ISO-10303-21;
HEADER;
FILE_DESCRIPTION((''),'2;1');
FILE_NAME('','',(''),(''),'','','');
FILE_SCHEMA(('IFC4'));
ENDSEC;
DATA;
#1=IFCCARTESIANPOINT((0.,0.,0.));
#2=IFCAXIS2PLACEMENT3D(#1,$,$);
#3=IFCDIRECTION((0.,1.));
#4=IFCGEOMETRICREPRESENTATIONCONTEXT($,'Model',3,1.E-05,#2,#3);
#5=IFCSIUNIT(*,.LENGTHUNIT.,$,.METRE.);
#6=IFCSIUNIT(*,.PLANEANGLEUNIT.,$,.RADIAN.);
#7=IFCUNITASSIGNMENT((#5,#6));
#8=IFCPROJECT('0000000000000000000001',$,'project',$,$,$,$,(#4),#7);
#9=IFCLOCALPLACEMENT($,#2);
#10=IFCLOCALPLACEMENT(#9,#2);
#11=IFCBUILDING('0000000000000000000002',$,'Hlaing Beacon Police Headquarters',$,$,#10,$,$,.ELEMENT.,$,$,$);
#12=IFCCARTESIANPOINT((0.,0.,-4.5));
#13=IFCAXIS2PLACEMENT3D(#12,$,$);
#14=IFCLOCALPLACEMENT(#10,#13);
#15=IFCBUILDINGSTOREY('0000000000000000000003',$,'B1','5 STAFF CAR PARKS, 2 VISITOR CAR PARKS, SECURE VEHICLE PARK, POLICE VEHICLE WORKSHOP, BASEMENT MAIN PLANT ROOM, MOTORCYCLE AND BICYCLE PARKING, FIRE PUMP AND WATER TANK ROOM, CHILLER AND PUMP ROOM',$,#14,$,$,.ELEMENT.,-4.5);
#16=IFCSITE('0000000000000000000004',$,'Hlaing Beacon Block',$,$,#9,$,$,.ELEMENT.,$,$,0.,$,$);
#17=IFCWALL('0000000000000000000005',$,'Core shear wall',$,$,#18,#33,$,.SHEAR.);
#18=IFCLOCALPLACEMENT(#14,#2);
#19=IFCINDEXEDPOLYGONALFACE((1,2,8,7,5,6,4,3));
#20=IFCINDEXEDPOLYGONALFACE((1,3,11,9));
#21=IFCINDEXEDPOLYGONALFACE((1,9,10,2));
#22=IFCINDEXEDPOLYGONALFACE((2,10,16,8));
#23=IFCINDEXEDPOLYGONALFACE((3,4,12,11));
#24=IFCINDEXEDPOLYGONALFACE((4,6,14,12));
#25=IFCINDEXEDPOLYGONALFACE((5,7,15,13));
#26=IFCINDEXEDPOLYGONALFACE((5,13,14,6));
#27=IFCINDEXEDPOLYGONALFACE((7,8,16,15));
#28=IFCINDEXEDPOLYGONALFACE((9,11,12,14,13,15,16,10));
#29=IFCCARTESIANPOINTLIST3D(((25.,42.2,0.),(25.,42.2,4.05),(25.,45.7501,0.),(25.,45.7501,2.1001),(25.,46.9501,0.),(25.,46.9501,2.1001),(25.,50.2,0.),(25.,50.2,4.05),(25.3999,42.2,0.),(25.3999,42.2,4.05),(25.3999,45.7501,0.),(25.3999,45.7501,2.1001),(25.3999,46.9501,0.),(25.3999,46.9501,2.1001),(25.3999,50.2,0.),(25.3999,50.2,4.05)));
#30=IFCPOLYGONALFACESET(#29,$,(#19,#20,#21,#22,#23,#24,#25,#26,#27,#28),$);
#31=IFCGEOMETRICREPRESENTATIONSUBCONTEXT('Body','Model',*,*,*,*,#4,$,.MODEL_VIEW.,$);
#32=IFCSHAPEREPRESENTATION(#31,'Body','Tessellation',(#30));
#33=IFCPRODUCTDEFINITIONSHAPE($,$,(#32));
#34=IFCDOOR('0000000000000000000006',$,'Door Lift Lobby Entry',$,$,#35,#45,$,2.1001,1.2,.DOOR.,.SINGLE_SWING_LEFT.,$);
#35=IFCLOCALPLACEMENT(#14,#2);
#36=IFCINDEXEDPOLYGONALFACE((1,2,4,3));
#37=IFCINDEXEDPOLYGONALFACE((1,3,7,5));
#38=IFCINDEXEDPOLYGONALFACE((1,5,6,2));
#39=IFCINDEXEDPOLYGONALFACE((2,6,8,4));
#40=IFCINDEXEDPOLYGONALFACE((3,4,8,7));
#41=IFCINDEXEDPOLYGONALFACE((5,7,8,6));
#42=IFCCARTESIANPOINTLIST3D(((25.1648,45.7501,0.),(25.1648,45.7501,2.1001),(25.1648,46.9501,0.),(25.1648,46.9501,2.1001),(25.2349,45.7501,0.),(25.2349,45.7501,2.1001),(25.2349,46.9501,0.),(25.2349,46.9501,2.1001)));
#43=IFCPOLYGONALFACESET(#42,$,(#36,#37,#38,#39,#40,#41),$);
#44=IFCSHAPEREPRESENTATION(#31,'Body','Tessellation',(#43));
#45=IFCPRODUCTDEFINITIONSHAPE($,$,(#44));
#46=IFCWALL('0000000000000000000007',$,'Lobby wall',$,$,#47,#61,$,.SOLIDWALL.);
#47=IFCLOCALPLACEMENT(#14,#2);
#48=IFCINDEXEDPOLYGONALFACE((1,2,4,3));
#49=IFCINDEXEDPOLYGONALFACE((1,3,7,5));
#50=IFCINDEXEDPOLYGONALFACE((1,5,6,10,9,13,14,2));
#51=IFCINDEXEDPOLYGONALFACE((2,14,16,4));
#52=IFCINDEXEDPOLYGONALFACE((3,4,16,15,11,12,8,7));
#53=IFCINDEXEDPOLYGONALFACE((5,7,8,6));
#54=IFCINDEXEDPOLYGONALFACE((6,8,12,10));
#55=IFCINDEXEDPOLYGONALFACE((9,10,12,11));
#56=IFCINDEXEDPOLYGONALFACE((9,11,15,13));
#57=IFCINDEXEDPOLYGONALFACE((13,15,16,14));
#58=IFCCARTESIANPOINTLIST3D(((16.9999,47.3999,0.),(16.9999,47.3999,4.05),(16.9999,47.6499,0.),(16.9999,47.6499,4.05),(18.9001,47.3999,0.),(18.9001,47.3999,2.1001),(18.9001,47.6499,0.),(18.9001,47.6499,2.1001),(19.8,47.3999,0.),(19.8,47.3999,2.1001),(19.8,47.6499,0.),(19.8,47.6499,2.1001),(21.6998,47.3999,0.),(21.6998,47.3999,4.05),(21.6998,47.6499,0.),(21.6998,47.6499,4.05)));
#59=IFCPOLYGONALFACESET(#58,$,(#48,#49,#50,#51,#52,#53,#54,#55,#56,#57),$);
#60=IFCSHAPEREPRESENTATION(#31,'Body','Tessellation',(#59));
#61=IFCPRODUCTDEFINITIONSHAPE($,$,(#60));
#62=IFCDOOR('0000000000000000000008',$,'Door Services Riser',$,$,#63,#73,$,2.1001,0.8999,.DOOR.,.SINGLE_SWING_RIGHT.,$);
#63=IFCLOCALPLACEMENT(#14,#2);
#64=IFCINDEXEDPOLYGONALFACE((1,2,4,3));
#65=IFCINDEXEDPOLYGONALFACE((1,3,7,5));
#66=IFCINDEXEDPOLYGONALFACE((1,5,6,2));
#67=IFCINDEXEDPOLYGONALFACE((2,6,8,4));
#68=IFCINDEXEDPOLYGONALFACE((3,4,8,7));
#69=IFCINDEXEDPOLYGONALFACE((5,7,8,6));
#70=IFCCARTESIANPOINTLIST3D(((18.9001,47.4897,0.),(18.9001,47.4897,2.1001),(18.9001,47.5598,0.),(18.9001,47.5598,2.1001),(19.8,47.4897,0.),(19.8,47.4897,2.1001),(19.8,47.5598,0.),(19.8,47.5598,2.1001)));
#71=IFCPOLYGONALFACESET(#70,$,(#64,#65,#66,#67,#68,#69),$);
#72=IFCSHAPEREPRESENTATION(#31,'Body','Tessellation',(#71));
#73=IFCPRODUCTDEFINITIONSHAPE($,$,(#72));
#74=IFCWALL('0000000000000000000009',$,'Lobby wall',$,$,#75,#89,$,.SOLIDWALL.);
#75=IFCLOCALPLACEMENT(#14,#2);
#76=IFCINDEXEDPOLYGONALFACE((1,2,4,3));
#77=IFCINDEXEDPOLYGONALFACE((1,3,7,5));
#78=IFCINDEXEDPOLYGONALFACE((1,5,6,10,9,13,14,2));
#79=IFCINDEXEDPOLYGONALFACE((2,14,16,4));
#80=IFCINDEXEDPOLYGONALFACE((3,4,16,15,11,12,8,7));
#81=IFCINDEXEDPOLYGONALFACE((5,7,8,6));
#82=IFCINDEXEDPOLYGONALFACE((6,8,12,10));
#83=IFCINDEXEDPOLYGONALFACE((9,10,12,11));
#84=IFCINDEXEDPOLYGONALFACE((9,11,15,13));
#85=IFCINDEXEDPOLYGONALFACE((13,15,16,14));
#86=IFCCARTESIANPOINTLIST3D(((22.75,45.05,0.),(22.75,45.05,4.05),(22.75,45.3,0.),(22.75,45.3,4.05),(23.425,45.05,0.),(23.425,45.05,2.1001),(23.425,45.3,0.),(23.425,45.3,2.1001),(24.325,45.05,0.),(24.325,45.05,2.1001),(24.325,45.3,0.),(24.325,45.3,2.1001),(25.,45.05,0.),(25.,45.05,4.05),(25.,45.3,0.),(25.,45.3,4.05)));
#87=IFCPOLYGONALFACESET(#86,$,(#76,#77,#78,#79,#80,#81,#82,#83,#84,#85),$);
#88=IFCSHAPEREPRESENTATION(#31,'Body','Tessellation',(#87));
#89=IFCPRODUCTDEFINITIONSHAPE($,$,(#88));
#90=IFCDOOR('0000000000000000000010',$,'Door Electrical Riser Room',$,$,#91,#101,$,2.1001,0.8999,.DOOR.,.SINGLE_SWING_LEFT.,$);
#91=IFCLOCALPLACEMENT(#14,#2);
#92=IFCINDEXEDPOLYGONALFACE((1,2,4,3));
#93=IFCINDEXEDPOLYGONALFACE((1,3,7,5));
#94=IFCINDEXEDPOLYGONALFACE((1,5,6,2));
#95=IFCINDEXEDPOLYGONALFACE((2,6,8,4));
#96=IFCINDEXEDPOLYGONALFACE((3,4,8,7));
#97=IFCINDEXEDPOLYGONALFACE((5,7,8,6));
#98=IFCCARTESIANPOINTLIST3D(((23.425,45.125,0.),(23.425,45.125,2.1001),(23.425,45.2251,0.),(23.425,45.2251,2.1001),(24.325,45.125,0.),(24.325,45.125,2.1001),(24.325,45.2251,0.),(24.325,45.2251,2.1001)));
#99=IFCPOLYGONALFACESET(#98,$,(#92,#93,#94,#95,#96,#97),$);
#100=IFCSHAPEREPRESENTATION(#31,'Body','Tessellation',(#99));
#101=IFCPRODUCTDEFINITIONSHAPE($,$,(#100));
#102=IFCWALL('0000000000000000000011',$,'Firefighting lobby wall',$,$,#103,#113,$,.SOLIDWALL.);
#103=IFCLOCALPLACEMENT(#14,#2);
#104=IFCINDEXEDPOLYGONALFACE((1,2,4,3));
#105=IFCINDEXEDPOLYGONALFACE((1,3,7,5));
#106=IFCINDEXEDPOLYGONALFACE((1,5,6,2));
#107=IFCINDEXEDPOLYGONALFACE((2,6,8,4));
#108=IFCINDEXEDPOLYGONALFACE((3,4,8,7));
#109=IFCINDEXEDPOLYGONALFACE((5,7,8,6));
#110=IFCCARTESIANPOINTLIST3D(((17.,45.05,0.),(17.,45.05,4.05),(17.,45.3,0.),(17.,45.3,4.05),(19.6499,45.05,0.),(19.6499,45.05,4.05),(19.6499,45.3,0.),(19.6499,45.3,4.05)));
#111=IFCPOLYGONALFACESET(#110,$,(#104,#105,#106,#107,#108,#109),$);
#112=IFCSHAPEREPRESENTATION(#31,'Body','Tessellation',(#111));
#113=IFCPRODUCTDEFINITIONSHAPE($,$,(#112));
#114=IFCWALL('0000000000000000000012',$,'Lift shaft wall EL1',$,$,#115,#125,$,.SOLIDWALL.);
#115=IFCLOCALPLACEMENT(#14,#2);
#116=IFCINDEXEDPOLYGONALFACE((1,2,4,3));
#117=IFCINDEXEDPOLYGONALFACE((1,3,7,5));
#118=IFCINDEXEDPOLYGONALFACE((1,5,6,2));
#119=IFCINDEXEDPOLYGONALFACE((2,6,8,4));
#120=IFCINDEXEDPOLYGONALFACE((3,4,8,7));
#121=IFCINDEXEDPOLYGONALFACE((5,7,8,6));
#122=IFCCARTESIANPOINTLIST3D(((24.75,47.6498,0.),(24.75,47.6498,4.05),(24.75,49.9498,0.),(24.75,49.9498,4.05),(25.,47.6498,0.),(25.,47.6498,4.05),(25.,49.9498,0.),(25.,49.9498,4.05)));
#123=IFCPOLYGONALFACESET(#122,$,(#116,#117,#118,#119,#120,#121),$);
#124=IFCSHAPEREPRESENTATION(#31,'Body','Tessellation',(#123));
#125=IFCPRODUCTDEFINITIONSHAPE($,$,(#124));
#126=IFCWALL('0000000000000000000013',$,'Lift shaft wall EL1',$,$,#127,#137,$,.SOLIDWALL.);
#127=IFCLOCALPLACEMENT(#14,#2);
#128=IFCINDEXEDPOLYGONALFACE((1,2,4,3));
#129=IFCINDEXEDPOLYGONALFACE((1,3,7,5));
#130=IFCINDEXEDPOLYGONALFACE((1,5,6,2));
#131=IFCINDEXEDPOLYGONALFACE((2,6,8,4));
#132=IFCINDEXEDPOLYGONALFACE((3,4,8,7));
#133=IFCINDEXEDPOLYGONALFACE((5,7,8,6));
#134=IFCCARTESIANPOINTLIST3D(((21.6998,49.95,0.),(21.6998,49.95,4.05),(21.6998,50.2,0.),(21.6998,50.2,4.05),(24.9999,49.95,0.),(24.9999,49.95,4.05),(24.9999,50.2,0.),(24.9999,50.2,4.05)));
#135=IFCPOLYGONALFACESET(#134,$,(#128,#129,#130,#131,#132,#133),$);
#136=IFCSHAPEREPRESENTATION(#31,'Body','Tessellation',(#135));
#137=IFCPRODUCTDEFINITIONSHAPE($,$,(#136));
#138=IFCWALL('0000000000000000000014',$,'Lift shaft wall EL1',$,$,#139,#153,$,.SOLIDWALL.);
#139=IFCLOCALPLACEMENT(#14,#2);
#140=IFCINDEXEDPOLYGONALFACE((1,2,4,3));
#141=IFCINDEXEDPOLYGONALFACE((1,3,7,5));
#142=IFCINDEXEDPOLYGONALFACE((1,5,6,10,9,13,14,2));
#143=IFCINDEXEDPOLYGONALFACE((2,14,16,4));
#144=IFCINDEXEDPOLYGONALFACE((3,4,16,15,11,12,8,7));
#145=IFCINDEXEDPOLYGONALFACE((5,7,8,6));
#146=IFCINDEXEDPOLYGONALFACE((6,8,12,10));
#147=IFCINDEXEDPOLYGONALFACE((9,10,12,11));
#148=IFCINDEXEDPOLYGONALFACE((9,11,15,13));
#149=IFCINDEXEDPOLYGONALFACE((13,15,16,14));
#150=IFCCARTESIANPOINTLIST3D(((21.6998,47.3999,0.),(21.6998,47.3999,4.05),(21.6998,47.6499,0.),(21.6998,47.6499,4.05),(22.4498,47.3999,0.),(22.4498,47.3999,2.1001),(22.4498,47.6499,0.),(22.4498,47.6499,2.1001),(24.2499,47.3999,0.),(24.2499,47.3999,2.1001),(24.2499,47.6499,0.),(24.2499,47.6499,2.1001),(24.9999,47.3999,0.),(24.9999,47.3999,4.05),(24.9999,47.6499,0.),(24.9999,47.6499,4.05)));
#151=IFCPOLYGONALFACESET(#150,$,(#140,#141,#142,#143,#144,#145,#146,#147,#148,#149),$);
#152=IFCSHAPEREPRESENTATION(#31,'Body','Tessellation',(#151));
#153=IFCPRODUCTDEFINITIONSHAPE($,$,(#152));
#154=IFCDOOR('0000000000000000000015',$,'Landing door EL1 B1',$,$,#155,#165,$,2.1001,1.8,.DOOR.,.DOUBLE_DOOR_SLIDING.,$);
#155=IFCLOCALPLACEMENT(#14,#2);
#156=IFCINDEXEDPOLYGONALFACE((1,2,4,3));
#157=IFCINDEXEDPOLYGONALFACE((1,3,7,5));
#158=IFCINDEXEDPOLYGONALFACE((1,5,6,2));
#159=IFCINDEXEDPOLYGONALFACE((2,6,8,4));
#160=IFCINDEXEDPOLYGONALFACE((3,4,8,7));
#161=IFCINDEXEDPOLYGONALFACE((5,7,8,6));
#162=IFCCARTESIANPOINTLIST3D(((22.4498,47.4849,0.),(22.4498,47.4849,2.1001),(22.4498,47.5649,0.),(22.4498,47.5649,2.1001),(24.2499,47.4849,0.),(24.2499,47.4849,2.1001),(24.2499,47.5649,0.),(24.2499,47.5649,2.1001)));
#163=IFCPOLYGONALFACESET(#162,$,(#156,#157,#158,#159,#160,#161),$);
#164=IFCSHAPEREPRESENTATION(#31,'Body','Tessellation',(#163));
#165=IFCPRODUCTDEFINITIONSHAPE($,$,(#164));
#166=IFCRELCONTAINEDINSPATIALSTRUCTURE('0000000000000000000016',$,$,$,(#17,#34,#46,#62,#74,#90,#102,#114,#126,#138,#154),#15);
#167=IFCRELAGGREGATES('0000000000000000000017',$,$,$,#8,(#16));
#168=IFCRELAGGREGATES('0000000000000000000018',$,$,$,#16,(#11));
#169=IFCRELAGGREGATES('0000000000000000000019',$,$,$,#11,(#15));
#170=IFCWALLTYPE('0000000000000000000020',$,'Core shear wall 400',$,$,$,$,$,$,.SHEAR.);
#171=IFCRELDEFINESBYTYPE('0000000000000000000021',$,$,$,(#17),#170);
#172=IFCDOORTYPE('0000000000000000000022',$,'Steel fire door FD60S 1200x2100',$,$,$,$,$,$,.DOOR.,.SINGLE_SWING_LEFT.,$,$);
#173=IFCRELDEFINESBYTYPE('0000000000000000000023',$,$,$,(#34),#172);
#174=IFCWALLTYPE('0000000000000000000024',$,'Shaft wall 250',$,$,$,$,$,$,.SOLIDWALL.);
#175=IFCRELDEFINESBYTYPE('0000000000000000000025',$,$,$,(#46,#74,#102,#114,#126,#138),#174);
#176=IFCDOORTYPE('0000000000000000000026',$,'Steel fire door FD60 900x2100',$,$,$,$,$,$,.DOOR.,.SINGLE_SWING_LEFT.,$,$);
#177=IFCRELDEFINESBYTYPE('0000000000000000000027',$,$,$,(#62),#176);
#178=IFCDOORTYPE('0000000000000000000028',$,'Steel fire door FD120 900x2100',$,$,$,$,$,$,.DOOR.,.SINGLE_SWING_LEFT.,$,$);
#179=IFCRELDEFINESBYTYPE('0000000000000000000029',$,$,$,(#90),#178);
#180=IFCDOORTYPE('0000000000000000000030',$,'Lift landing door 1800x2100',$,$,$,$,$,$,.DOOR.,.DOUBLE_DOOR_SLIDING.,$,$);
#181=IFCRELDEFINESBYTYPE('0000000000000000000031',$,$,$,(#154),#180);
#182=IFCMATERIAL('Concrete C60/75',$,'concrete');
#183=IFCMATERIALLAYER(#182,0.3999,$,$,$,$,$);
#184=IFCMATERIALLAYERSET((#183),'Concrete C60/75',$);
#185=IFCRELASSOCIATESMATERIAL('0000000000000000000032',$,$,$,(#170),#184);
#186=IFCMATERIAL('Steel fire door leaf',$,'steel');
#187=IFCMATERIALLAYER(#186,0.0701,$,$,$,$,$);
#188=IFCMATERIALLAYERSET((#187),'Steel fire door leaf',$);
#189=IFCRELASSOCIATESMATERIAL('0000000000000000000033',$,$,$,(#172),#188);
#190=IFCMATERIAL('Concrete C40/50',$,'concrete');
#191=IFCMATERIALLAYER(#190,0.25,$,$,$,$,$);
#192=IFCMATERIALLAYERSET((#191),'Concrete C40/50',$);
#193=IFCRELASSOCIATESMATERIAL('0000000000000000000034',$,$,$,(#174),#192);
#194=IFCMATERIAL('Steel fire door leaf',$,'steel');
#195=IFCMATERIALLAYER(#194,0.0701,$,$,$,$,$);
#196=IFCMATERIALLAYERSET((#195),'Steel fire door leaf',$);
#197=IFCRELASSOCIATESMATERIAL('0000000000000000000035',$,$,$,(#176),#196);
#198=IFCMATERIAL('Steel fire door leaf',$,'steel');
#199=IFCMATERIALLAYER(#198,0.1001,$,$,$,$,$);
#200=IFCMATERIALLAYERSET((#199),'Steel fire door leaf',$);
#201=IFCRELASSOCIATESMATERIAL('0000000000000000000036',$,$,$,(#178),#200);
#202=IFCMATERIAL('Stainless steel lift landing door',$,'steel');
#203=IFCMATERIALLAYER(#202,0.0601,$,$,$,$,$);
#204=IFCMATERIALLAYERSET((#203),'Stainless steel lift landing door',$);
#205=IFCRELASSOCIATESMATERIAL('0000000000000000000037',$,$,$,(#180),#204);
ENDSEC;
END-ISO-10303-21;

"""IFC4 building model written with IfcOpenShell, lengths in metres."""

from ifc_helpers import new_model, si_unit, direction, frame, frame_2d, origin, place, context, subcontext, project, spatial, rectangle, extrude, material, layer, layer_set, type_object, element, fill, save


model = new_model("IFC4")

# Units and contexts
model_context = context("Model", 3, precision=1e-05, world=origin(), true_north=direction((0.0, 1.0)))
body_context = subcontext(model_context, "Body", "Model", "MODEL_VIEW")
ifc_project = project(units=[si_unit("LENGTHUNIT", "METRE"), si_unit("PLANEANGLEUNIT", "RADIAN")], contexts=[model_context])

# Site, building, storey
site_placement = place(None, origin())
site = spatial("IfcSite", under=ifc_project, at=site_placement, Name="Hlaing Beacon Block", CompositionType="ELEMENT", RefElevation=0.0)
building_placement = place(site_placement, origin())
building = spatial("IfcBuilding", under=site, at=building_placement, Name="Hlaing Beacon Police Headquarters", CompositionType="ELEMENT")
storey_placement = place(building_placement, frame((0.0, 0.0, -4.5)))
storey = spatial("IfcBuildingStorey", under=building, at=storey_placement, Name="B1", Description="5 STAFF CAR PARKS, 2 VISITOR CAR PARKS, SECURE VEHICLE PARK, POLICE VEHICLE WORKSHOP, BASEMENT MAIN PLANT ROOM, MOTORCYCLE AND BICYCLE PARKING, FIRE PUMP AND WATER TANK ROOM, CHILLER AND PUMP ROOM", CompositionType="ELEMENT", Elevation=-4.5)

# Walls, openings, doors
ifc_material_1 = material(Name="Concrete C60/75", Category="concrete")
ifc_layer_1 = layer(ifc_material_1, 0.3999)
ifc_layer_set_1 = layer_set([ifc_layer_1], Name="Concrete C60/75")
wall_type_1 = type_object("IfcWallType", Name="Core shear wall 400", PredefinedType="SHEAR", material=ifc_layer_set_1)
wall_1_placement = place(storey_placement, frame((25.2, 42.2, 0.0), z_axis=(0.0, 0.0, 1.0), x_axis=(0.0, 1.0, 0.0)))
wall_1 = element("IfcWall", 1, at=wall_1_placement, inside=storey, type_object=wall_type_1, Name="Core shear wall", PredefinedType="SHEAR", context=body_context, shape_type="SweptSolid", body=[
    extrude(rectangle(XDim=8.0, YDim=0.3999, at=frame_2d((4.0, 0.0))), origin(), (0.0, 0.0, 1.0), 4.05),
])
opening_1_placement = place(wall_1_placement, frame((3.55, 0.0, 0.0)))
opening_1 = element("IfcOpeningElement", 2, at=opening_1_placement, cuts=wall_1, PredefinedType="OPENING", context=body_context, shape_type="SweptSolid", body=[
    extrude(rectangle(XDim=1.2, YDim=2.1001, at=frame_2d((0.6001, 1.05))), frame((0.0, 0.21, 0.0), z_axis=(0.0, -1.0, 0.0), x_axis=(1.0, 0.0, 0.0)), (0.0, 0.0, 1.0), 0.4199),
])
ifc_material_2 = material(Name="Steel fire door leaf", Category="steel")
ifc_layer_2 = layer(ifc_material_2, 0.0701)
ifc_layer_set_2 = layer_set([ifc_layer_2], Name="Steel fire door leaf")
door_type_1 = type_object("IfcDoorType", Name="Steel fire door FD60S 1200x2100", OperationType="SINGLE_SWING_LEFT", PredefinedType="DOOR", material=ifc_layer_set_2)
door_1_placement = place(opening_1_placement, origin())
door_1 = element("IfcDoor", 3, at=door_1_placement, inside=storey, type_object=door_type_1, Name="Door Lift Lobby Entry", OperationType="SINGLE_SWING_LEFT", OverallHeight=2.1001, OverallWidth=1.2, PredefinedType="DOOR", context=body_context, shape_type="SweptSolid", body=[
    extrude(rectangle(XDim=1.2, YDim=2.1001, at=frame_2d((0.6001, 1.05))), frame((0.0, 0.0352, 0.0), z_axis=(0.0, -1.0, 0.0), x_axis=(1.0, 0.0, 0.0)), (0.0, 0.0, 1.0), 0.0701),
])
fill(opening_1, door_1)
ifc_material_3 = material(Name="Concrete C40/50", Category="concrete")
ifc_layer_3 = layer(ifc_material_3, 0.25)
ifc_layer_set_3 = layer_set([ifc_layer_3], Name="Concrete C40/50")
wall_type_2 = type_object("IfcWallType", Name="Shaft wall 250", PredefinedType="SOLIDWALL", material=ifc_layer_set_3)
wall_2_placement = place(storey_placement, frame((21.7, 47.5249, 0.0), z_axis=(0.0, 0.0, 1.0), x_axis=(-1.0, 0.0, 0.0)))
wall_2 = element("IfcWall", 4, at=wall_2_placement, inside=storey, type_object=wall_type_2, Name="Lobby wall", PredefinedType="SOLIDWALL", context=body_context, shape_type="SweptSolid", body=[
    extrude(rectangle(XDim=4.7, YDim=0.25, at=frame_2d((2.3501, 0.0))), origin(), (0.0, 0.0, 1.0), 4.05),
])
opening_2_placement = place(wall_2_placement, frame((1.8999, 0.0, 0.0)))
opening_2 = element("IfcOpeningElement", 5, at=opening_2_placement, cuts=wall_2, PredefinedType="OPENING", context=body_context, shape_type="SweptSolid", body=[
    extrude(rectangle(XDim=0.8999, YDim=2.1001, at=frame_2d((0.45, 1.05))), frame((0.0, 0.135, 0.0), z_axis=(0.0, -1.0, 0.0), x_axis=(1.0, 0.0, 0.0)), (0.0, 0.0, 1.0), 0.27),
])
ifc_material_4 = material(Name="Steel fire door leaf", Category="steel")
ifc_layer_4 = layer(ifc_material_4, 0.0701)
ifc_layer_set_4 = layer_set([ifc_layer_4], Name="Steel fire door leaf")
door_type_2 = type_object("IfcDoorType", Name="Steel fire door FD60 900x2100", OperationType="SINGLE_SWING_LEFT", PredefinedType="DOOR", material=ifc_layer_set_4)
door_2_placement = place(opening_2_placement, frame((0.8999, 0.0, 0.0), z_axis=(0.0, 0.0, 1.0), x_axis=(-1.0, 0.0, 0.0)))
door_2 = element("IfcDoor", 6, at=door_2_placement, inside=storey, type_object=door_type_2, Name="Door Services Riser", OperationType="SINGLE_SWING_RIGHT", OverallHeight=2.1001, OverallWidth=0.8999, PredefinedType="DOOR", context=body_context, shape_type="SweptSolid", body=[
    extrude(rectangle(XDim=0.8999, YDim=2.1001, at=frame_2d((0.45, 1.05))), frame((0.0, 0.0349, 0.0), z_axis=(0.0, -1.0, 0.0), x_axis=(1.0, 0.0, 0.0)), (0.0, 0.0, 1.0), 0.0701),
])
fill(opening_2, door_2)
wall_3_placement = place(storey_placement, frame((25.0, 45.175, 0.0), z_axis=(0.0, 0.0, 1.0), x_axis=(-1.0, 0.0, 0.0)))
wall_3 = element("IfcWall", 7, at=wall_3_placement, inside=storey, type_object=wall_type_2, Name="Lobby wall", PredefinedType="SOLIDWALL", context=body_context, shape_type="SweptSolid", body=[
    extrude(rectangle(XDim=2.25, YDim=0.25, at=frame_2d((1.125, 0.0))), origin(), (0.0, 0.0, 1.0), 4.05),
])
opening_3_placement = place(wall_3_placement, frame((0.675, 0.0, 0.0)))
opening_3 = element("IfcOpeningElement", 8, at=opening_3_placement, cuts=wall_3, PredefinedType="OPENING", context=body_context, shape_type="SweptSolid", body=[
    extrude(rectangle(XDim=0.8999, YDim=2.1001, at=frame_2d((0.45, 1.05))), frame((0.0, 0.135, 0.0), z_axis=(0.0, -1.0, 0.0), x_axis=(1.0, 0.0, 0.0)), (0.0, 0.0, 1.0), 0.27),
])
ifc_material_5 = material(Name="Steel fire door leaf", Category="steel")
ifc_layer_5 = layer(ifc_material_5, 0.1001)
ifc_layer_set_5 = layer_set([ifc_layer_5], Name="Steel fire door leaf")
door_type_3 = type_object("IfcDoorType", Name="Steel fire door FD120 900x2100", OperationType="SINGLE_SWING_LEFT", PredefinedType="DOOR", material=ifc_layer_set_5)
door_3_placement = place(opening_3_placement, origin())
door_3 = element("IfcDoor", 9, at=door_3_placement, inside=storey, type_object=door_type_3, Name="Door Electrical Riser Room", OperationType="SINGLE_SWING_LEFT", OverallHeight=2.1001, OverallWidth=0.8999, PredefinedType="DOOR", context=body_context, shape_type="SweptSolid", body=[
    extrude(rectangle(XDim=0.8999, YDim=2.1001, at=frame_2d((0.45, 1.05))), frame((0.0, 0.05, 0.0), z_axis=(0.0, -1.0, 0.0), x_axis=(1.0, 0.0, 0.0)), (0.0, 0.0, 1.0), 0.1001),
])
fill(opening_3, door_3)

# Walls
wall_4_placement = place(storey_placement, frame((19.6499, 45.175, 0.0), z_axis=(0.0, 0.0, 1.0), x_axis=(-1.0, 0.0, 0.0)))
element("IfcWall", 10, at=wall_4_placement, inside=storey, type_object=wall_type_2, Name="Firefighting lobby wall", PredefinedType="SOLIDWALL", context=body_context, shape_type="SweptSolid", body=[
    extrude(rectangle(XDim=2.6499, YDim=0.25, at=frame_2d((1.325, 0.0))), origin(), (0.0, 0.0, 1.0), 4.05),
])
wall_5_placement = place(storey_placement, frame((24.875, 47.6499, 0.0), z_axis=(0.0, 0.0, 1.0), x_axis=(0.0, 1.0, 0.0)))
element("IfcWall", 11, at=wall_5_placement, inside=storey, type_object=wall_type_2, Name="Lift shaft wall EL1", PredefinedType="SOLIDWALL", context=body_context, shape_type="SweptSolid", body=[
    extrude(rectangle(XDim=2.3, YDim=0.25, at=frame_2d((1.1499, 0.0))), origin(), (0.0, 0.0, 1.0), 4.05),
])
wall_6_placement = place(storey_placement, frame((21.7, 50.075, 0.0), z_axis=(0.0, 0.0, 1.0), x_axis=(1.0, 0.0, 0.0)))
element("IfcWall", 12, at=wall_6_placement, inside=storey, type_object=wall_type_2, Name="Lift shaft wall EL1", PredefinedType="SOLIDWALL", context=body_context, shape_type="SweptSolid", body=[
    extrude(rectangle(XDim=3.3, YDim=0.25, at=frame_2d((1.6499, 0.0))), origin(), (0.0, 0.0, 1.0), 4.05),
])

# Wall, opening, door
wall_7_placement = place(storey_placement, frame((21.7, 47.5249, 0.0), z_axis=(0.0, 0.0, 1.0), x_axis=(1.0, 0.0, 0.0)))
wall_7 = element("IfcWall", 13, at=wall_7_placement, inside=storey, type_object=wall_type_2, Name="Lift shaft wall EL1", PredefinedType="SOLIDWALL", context=body_context, shape_type="SweptSolid", body=[
    extrude(rectangle(XDim=3.3, YDim=0.25, at=frame_2d((1.6499, 0.0))), origin(), (0.0, 0.0, 1.0), 4.05),
])
opening_4_placement = place(wall_7_placement, frame((0.75, 0.0, 0.0)))
opening_4 = element("IfcOpeningElement", 14, at=opening_4_placement, cuts=wall_7, PredefinedType="OPENING", context=body_context, shape_type="SweptSolid", body=[
    extrude(rectangle(XDim=1.8, YDim=2.1001, at=frame_2d((0.8999, 1.05))), frame((0.0, 0.135, 0.0), z_axis=(0.0, -1.0, 0.0), x_axis=(1.0, 0.0, 0.0)), (0.0, 0.0, 1.0), 0.27),
])
ifc_material_6 = material(Name="Stainless steel lift landing door", Category="steel")
ifc_layer_6 = layer(ifc_material_6, 0.0601)
ifc_layer_set_6 = layer_set([ifc_layer_6], Name="Stainless steel lift landing door")
door_type_4 = type_object("IfcDoorType", Name="Lift landing door 1800x2100", OperationType="DOUBLE_DOOR_SLIDING", PredefinedType="DOOR", material=ifc_layer_set_6)
door_4_placement = place(opening_4_placement, origin())
door_4 = element("IfcDoor", 15, at=door_4_placement, inside=storey, type_object=door_type_4, Name="Landing door EL1 B1", OperationType="DOUBLE_DOOR_SLIDING", OverallHeight=2.1001, OverallWidth=1.8, PredefinedType="DOOR", context=body_context, shape_type="SweptSolid", body=[
    extrude(rectangle(XDim=1.8, YDim=2.1001, at=frame_2d((0.8999, 1.05))), frame((0.0, 0.04, 0.0), z_axis=(0.0, -1.0, 0.0), x_axis=(1.0, 0.0, 0.0)), (0.0, 0.0, 1.0), 0.0801),
])
fill(opening_4, door_4)

save(model, "model.ifc")
